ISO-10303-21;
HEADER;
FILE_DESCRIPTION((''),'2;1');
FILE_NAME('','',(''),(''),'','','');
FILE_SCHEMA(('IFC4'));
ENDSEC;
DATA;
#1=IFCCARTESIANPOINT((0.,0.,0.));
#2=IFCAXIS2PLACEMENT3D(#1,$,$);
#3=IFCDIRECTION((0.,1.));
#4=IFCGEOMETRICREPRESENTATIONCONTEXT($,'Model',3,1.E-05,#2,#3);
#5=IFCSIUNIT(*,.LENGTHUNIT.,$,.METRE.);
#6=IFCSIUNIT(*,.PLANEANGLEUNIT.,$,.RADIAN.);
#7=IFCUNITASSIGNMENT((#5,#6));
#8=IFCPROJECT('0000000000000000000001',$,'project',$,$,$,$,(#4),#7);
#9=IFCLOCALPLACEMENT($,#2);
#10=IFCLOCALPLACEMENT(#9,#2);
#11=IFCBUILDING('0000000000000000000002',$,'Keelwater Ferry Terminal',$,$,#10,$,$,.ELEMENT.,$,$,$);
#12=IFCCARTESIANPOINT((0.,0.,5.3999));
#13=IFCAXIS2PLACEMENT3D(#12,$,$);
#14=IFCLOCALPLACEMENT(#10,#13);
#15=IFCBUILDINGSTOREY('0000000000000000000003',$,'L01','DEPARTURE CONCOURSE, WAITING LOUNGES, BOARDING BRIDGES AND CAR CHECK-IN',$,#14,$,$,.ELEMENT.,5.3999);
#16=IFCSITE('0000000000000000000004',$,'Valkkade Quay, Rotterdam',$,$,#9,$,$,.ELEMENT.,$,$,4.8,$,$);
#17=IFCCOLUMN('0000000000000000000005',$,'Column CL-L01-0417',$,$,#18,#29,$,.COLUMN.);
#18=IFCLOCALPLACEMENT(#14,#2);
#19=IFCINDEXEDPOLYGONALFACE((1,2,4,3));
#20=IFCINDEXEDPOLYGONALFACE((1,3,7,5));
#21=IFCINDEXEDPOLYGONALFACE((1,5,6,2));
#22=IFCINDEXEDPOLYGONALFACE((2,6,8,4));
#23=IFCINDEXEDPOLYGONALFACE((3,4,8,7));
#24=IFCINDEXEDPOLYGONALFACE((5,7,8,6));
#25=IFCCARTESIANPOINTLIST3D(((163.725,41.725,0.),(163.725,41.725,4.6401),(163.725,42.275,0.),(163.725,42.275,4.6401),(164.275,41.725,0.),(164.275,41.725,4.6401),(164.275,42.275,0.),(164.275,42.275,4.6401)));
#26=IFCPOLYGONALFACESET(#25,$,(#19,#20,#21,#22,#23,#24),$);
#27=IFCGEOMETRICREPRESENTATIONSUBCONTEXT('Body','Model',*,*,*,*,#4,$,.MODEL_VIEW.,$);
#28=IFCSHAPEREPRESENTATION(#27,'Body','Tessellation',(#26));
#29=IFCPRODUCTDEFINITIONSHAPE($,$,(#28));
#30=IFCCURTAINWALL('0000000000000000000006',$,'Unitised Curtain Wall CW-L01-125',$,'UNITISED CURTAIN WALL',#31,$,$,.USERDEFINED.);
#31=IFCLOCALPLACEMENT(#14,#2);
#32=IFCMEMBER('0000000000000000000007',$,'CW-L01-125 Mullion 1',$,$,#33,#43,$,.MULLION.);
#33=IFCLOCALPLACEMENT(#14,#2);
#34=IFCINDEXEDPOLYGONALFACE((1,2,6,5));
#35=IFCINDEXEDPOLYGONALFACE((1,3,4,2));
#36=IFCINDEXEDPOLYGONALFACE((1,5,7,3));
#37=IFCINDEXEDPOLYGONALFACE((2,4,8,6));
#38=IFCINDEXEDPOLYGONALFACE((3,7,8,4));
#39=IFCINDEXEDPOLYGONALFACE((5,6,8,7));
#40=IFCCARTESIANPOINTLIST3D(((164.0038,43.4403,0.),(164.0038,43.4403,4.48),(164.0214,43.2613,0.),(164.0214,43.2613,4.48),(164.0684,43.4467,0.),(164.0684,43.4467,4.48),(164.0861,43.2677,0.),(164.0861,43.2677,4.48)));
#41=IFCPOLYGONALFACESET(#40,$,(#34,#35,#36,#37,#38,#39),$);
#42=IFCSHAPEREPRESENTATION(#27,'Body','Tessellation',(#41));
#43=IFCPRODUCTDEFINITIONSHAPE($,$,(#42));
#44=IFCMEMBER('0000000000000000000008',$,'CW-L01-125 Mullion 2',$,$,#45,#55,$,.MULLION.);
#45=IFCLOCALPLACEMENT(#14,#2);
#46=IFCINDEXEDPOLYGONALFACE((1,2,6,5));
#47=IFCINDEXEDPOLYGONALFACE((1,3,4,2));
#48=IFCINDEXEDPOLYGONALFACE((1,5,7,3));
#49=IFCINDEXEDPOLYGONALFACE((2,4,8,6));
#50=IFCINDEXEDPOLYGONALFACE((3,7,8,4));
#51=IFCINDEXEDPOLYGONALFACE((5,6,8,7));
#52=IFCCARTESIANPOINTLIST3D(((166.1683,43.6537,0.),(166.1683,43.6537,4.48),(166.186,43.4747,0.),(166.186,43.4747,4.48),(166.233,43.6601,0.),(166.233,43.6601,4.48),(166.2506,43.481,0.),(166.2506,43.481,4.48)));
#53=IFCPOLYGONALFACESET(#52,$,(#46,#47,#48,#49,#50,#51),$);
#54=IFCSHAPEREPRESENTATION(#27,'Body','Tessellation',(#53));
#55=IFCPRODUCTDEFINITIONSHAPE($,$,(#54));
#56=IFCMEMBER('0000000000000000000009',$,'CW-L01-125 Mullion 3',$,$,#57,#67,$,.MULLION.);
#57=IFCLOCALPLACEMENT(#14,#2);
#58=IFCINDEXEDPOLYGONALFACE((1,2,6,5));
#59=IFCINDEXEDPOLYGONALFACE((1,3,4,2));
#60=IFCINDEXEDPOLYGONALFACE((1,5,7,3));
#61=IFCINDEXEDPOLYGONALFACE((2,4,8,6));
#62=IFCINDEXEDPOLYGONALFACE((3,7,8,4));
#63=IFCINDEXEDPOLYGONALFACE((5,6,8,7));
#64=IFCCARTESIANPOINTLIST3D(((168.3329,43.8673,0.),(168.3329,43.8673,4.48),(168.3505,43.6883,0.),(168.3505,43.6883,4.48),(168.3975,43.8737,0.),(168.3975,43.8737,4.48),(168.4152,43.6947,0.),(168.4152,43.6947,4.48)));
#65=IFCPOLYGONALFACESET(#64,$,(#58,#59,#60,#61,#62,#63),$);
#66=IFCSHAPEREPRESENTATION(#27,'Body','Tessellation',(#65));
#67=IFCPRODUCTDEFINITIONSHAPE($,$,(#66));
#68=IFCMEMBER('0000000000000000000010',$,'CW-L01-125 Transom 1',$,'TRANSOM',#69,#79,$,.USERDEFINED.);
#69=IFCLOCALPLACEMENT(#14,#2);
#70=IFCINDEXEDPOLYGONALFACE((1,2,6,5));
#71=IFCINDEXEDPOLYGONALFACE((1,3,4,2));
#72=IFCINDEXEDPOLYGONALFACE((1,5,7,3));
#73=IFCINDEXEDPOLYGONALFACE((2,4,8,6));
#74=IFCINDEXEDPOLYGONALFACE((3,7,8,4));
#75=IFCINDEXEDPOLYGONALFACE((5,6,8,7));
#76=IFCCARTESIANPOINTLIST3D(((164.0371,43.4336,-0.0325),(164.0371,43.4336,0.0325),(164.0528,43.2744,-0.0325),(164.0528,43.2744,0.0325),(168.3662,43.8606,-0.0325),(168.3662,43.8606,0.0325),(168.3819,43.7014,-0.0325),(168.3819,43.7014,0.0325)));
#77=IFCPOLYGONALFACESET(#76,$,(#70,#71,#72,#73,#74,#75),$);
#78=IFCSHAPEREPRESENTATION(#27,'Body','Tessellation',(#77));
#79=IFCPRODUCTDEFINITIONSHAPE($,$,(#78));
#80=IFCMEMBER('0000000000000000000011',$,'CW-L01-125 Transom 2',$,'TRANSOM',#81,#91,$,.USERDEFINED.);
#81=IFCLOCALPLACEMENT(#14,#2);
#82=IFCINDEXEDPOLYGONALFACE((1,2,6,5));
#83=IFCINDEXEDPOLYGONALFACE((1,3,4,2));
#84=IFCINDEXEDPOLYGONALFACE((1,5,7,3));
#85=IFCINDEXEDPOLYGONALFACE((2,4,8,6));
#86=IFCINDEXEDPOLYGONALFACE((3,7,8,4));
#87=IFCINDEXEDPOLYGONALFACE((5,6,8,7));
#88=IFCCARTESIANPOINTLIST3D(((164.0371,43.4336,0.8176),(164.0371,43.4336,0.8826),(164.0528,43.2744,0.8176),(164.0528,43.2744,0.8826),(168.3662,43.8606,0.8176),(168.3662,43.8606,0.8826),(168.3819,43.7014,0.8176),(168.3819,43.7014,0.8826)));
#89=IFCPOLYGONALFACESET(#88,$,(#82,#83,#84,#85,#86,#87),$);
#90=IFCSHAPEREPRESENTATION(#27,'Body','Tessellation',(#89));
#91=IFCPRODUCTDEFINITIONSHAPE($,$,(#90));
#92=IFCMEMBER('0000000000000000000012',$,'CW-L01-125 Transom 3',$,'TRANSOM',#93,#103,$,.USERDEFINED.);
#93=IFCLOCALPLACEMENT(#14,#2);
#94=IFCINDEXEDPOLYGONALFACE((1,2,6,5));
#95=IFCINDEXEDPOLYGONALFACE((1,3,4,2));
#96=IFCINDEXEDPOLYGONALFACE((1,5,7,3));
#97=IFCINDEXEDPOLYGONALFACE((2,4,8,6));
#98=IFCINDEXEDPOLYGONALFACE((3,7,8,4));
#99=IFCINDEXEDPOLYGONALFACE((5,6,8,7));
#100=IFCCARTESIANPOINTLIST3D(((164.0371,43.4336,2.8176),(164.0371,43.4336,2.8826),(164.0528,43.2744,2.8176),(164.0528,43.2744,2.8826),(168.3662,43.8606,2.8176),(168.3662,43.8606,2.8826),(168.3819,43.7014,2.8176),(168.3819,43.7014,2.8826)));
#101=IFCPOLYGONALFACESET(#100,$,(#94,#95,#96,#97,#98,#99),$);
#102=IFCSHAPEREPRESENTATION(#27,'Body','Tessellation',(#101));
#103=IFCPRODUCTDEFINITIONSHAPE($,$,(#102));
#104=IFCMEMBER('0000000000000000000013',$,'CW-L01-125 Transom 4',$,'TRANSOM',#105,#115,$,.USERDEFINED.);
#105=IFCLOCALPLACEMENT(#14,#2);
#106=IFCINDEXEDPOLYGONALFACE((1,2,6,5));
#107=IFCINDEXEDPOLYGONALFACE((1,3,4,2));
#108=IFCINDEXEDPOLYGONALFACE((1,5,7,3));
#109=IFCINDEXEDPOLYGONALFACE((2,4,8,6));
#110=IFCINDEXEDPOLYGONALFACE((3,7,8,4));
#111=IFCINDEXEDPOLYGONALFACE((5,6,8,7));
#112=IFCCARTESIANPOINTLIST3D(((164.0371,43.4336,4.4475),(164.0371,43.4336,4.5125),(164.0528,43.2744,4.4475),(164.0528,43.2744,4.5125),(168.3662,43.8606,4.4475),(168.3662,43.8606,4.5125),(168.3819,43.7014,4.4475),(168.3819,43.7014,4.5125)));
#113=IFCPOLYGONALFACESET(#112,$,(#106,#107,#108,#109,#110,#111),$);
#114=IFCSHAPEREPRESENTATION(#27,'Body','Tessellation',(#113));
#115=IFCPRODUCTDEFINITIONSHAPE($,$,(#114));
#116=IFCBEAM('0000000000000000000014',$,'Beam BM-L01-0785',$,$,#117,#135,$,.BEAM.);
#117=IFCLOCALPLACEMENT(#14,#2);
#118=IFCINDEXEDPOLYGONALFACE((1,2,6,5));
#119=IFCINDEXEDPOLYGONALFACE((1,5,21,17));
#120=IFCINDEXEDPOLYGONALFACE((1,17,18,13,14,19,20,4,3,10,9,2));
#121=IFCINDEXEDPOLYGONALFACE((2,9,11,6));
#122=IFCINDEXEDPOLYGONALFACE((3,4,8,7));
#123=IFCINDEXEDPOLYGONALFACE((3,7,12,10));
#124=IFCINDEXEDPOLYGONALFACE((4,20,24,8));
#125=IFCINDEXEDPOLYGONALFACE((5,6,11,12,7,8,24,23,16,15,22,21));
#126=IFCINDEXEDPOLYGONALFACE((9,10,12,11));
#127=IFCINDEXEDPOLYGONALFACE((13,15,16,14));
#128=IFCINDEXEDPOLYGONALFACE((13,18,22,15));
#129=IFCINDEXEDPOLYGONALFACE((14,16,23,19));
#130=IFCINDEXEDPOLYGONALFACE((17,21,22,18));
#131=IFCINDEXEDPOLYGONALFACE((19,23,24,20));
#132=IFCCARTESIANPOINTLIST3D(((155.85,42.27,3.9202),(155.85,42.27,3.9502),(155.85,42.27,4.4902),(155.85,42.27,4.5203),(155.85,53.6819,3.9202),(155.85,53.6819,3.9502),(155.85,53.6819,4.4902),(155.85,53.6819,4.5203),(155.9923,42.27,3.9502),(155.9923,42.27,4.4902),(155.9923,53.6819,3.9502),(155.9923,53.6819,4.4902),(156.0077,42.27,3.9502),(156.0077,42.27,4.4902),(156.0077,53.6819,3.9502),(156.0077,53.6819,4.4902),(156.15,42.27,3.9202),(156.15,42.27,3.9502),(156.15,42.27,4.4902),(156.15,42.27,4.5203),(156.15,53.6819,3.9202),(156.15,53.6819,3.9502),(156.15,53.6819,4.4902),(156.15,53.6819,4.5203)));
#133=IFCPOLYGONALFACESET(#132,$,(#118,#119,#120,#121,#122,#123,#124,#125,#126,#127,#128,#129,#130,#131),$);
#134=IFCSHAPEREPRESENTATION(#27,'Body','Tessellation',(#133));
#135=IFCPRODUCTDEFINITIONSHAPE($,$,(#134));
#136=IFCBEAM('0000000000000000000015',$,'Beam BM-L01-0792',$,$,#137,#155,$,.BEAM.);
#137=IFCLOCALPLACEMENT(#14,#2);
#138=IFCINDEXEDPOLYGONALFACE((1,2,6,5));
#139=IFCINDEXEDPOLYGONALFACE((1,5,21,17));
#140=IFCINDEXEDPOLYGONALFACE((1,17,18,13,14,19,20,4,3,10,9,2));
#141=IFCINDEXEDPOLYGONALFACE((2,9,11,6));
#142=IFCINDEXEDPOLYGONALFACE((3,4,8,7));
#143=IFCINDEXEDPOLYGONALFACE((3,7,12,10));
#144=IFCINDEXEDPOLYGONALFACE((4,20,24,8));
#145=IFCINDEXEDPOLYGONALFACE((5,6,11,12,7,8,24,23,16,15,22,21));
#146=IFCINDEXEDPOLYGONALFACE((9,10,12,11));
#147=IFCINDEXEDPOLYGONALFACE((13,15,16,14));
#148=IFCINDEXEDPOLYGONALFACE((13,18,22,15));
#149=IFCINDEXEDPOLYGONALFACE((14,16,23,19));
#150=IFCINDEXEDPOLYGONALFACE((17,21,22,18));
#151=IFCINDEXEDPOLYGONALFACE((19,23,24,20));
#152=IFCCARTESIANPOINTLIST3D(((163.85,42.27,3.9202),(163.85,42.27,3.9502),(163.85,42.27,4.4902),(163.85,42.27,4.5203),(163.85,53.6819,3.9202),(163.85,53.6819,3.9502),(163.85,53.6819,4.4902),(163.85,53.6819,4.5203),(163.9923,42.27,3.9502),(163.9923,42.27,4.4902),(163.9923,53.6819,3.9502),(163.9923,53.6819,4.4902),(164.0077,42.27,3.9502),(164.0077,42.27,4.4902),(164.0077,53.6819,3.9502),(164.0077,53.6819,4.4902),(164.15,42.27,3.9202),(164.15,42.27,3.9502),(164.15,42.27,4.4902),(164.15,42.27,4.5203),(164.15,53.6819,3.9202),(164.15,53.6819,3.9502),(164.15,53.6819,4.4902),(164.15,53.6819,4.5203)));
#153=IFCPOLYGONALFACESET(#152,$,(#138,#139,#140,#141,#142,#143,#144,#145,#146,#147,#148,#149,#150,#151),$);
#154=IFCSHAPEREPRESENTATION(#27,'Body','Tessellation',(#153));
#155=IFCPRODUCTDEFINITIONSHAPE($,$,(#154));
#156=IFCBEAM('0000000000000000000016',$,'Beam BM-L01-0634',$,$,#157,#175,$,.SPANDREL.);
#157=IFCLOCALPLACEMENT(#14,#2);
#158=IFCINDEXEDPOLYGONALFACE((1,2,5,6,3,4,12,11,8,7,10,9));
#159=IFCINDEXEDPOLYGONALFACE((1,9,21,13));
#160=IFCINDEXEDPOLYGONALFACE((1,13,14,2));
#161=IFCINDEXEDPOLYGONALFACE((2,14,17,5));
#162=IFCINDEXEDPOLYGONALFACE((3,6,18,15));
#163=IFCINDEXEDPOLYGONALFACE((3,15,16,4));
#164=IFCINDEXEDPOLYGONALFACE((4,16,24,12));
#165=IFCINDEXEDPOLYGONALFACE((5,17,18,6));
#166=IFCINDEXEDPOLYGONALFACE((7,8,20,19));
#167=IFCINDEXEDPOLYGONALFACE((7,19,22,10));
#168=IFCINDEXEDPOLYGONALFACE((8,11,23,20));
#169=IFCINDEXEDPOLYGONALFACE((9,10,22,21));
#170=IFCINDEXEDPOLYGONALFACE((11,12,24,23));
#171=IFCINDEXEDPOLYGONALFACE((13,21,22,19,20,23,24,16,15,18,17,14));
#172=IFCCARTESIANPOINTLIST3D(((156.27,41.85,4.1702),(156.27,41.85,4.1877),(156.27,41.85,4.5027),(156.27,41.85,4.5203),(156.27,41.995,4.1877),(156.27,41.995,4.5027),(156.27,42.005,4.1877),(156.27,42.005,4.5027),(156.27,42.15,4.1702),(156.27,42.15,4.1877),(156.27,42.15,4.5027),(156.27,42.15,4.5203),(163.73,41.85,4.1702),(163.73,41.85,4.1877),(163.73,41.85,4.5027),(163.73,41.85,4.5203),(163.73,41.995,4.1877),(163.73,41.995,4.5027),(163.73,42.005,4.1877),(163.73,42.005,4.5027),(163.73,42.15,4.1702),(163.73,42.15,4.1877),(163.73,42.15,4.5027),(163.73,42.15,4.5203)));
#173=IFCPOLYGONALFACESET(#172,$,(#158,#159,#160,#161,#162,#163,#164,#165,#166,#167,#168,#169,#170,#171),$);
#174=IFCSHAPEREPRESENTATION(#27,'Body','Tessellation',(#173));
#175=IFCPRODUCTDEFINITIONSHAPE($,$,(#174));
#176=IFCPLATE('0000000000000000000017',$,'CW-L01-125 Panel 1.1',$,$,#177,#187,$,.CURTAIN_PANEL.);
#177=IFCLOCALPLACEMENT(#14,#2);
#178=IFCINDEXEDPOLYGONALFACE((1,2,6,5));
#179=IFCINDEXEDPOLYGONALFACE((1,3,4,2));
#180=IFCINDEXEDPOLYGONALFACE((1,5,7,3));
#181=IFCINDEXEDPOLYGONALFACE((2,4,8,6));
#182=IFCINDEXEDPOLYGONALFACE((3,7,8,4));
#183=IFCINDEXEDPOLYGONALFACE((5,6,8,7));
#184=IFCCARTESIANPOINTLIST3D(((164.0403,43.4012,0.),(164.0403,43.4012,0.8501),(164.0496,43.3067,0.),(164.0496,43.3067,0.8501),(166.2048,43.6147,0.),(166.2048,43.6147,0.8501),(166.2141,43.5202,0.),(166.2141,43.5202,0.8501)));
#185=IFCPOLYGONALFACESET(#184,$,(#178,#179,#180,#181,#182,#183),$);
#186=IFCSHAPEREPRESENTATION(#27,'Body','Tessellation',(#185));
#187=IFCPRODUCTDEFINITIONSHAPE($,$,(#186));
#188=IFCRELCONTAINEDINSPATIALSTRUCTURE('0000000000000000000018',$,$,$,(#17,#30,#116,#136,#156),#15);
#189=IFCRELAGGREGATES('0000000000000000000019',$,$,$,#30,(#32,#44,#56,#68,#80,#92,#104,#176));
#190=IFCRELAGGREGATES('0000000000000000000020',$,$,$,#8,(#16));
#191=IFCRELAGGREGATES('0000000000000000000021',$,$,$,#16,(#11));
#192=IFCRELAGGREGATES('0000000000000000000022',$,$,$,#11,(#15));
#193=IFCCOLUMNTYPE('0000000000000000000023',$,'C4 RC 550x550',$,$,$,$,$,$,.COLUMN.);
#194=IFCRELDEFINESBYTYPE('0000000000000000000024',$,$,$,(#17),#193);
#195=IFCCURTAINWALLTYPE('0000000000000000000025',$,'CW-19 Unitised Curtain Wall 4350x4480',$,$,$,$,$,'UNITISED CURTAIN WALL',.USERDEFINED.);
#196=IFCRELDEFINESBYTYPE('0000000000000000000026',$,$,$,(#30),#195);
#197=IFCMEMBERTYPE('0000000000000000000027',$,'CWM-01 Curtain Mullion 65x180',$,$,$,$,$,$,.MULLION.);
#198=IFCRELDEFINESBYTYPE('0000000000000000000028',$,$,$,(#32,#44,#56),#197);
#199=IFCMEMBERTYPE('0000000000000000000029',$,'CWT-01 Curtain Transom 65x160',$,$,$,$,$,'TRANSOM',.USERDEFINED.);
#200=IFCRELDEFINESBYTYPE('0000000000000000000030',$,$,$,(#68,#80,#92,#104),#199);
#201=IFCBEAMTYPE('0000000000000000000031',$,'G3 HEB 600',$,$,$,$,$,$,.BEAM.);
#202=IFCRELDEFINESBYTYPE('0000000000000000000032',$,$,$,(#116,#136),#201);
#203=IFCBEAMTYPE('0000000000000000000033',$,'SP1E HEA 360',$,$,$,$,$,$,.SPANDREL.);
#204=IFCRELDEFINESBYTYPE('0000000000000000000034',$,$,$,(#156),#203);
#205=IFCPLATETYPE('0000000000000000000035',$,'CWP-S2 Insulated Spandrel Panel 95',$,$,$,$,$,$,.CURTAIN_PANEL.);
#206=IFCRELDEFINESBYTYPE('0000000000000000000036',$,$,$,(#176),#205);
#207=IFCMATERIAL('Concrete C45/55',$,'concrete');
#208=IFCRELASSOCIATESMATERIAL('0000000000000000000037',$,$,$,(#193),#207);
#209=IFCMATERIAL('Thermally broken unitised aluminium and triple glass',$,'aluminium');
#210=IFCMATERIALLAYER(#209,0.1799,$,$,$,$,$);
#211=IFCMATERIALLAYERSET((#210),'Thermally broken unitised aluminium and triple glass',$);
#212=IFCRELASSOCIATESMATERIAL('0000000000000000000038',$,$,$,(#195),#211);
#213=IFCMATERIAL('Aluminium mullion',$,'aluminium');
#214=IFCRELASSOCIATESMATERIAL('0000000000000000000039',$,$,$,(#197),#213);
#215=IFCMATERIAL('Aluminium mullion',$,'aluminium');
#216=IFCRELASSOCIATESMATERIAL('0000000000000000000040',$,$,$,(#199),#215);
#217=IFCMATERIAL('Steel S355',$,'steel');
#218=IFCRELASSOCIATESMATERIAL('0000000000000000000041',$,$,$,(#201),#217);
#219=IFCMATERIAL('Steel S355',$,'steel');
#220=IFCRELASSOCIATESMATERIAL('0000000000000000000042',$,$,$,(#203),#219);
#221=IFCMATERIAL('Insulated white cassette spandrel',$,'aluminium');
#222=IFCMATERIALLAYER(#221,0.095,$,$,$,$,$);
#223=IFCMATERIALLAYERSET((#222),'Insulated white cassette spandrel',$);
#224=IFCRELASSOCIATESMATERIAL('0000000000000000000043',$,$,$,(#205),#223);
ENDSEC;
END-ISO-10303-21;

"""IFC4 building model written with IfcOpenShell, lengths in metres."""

from ifc_helpers import new_model, si_unit, direction, frame, origin, origin_2d, place, context, subcontext, project, spatial, rectangle, i_section, extrude, material, layer, layer_set, material_profile, profile_set, type_object, element, aggregate, save


model = new_model("IFC4")

# Units and contexts
model_context = context("Model", 3, precision=1e-05, world=origin(), true_north=direction((0.0, 1.0)))
body_context = subcontext(model_context, "Body", "Model", "MODEL_VIEW")
ifc_project = project(units=[si_unit("LENGTHUNIT", "METRE"), si_unit("PLANEANGLEUNIT", "RADIAN")], contexts=[model_context])

# Site, building, storey
site_placement = place(None, origin())
site = spatial("IfcSite", under=ifc_project, at=site_placement, Name="Valkkade Quay, Rotterdam", CompositionType="ELEMENT", RefElevation=4.8)
building_placement = place(site_placement, origin())
building = spatial("IfcBuilding", under=site, at=building_placement, Name="Keelwater Ferry Terminal", CompositionType="ELEMENT")
storey_placement = place(building_placement, frame((0.0, 0.0, 5.3999)))
storey = spatial("IfcBuildingStorey", under=building, at=storey_placement, Name="L01", Description="DEPARTURE CONCOURSE, WAITING LOUNGES, BOARDING BRIDGES AND CAR CHECK-IN", CompositionType="ELEMENT", Elevation=5.3999)

# Column
ifc_material_1 = material(Name="Concrete C45/55", Category="concrete")
ifc_material_profile_1 = material_profile(ifc_material_1, rectangle(XDim=0.55, YDim=0.55, at=origin_2d()), Name="RC 550x550")
ifc_profile_set_1 = profile_set([ifc_material_profile_1], Name="Concrete C45/55")
column_type = type_object("IfcColumnType", Name="C4 RC 550x550", PredefinedType="COLUMN", material=ifc_profile_set_1)
column_placement = place(storey_placement, frame((164.0, 42.0, 0.0), z_axis=(0.0, 0.0, 1.0), x_axis=(1.0, 0.0, 0.0)))
element("IfcColumn", 1, at=column_placement, inside=storey, type_object=column_type, Name="Column CL-L01-0417", PredefinedType="COLUMN", context=body_context, shape_type="SweptSolid", body=[
    extrude(rectangle(XDim=0.55, YDim=0.55, at=origin_2d()), origin(), (0.0, 0.0, 1.0), 4.6401),
])

# Curtain wall, members
ifc_material_2 = material(Name="Thermally broken unitised aluminium and triple glass", Category="aluminium")
ifc_layer_1 = layer(ifc_material_2, 0.1799)
ifc_layer_set_1 = layer_set([ifc_layer_1], Name="Thermally broken unitised aluminium and triple glass")
curtain_wall_type = type_object("IfcCurtainWallType", Name="CW-19 Unitised Curtain Wall 4350x4480", ElementType="UNITISED CURTAIN WALL", PredefinedType="USERDEFINED", material=ifc_layer_set_1)
curtain_wall_placement = place(storey_placement, origin())
curtain_wall = element("IfcCurtainWall", 2, at=curtain_wall_placement, inside=storey, type_object=curtain_wall_type, Name="Unitised Curtain Wall CW-L01-125", ObjectType="UNITISED CURTAIN WALL", PredefinedType="USERDEFINED")
ifc_material_3 = material(Name="Aluminium mullion", Category="aluminium")
ifc_material_profile_2 = material_profile(ifc_material_3, rectangle(XDim=0.0649, YDim=0.1799, at=origin_2d()), Name="CWM-01")
ifc_profile_set_2 = profile_set([ifc_material_profile_2], Name="Aluminium mullion")
member_type_1 = type_object("IfcMemberType", Name="CWM-01 Curtain Mullion 65x180", PredefinedType="MULLION", material=ifc_profile_set_2)
member_1_placement = place(storey_placement, frame((164.0449, 43.354, 0.0), z_axis=(0.0, 0.0, 1.0), x_axis=(0.995171, 0.098161, 0.0)))
member_1 = element("IfcMember", 3, at=member_1_placement, type_object=member_type_1, Name="CW-L01-125 Mullion 1", PredefinedType="MULLION", context=body_context, shape_type="SweptSolid", body=[
    extrude(rectangle(XDim=0.0649, YDim=0.1799, at=origin_2d()), origin(), (0.0, 0.0, 1.0), 4.48),
])
member_2_placement = place(storey_placement, frame((166.2095, 43.5674, 0.0), z_axis=(0.0, 0.0, 1.0), x_axis=(0.995171, 0.098161, 0.0)))
member_2 = element("IfcMember", 4, at=member_2_placement, type_object=member_type_1, Name="CW-L01-125 Mullion 2", PredefinedType="MULLION", context=body_context, shape_type="SweptSolid", body=[
    extrude(rectangle(XDim=0.0649, YDim=0.1799, at=origin_2d()), origin(), (0.0, 0.0, 1.0), 4.48),
])
member_3_placement = place(storey_placement, frame((168.374, 43.781, 0.0), z_axis=(0.0, 0.0, 1.0), x_axis=(0.995171, 0.098161, 0.0)))
member_3 = element("IfcMember", 5, at=member_3_placement, type_object=member_type_1, Name="CW-L01-125 Mullion 3", PredefinedType="MULLION", context=body_context, shape_type="SweptSolid", body=[
    extrude(rectangle(XDim=0.0649, YDim=0.1799, at=origin_2d()), origin(), (0.0, 0.0, 1.0), 4.48),
])
ifc_material_4 = material(Name="Aluminium mullion", Category="aluminium")
ifc_material_profile_3 = material_profile(ifc_material_4, rectangle(XDim=0.1599, YDim=0.0649, at=origin_2d()), Name="CWT-01")
ifc_profile_set_3 = profile_set([ifc_material_profile_3], Name="Aluminium mullion")
member_type_2 = type_object("IfcMemberType", Name="CWT-01 Curtain Transom 65x160", ElementType="TRANSOM", PredefinedType="USERDEFINED", material=ifc_profile_set_3)
member_4_placement = place(storey_placement, frame((164.0449, 43.354, 0.0), z_axis=(0.995171, 0.098159, 0.0), x_axis=(-0.098159, 0.995171, 0.0)))
member_4 = element("IfcMember", 6, at=member_4_placement, type_object=member_type_2, Name="CW-L01-125 Transom 1", ObjectType="TRANSOM", PredefinedType="USERDEFINED", context=body_context, shape_type="SweptSolid", body=[
    extrude(rectangle(XDim=0.1599, YDim=0.0649, at=origin_2d()), origin(), (0.0, 0.0, 1.0), 4.3501),
])
member_5_placement = place(storey_placement, frame((164.0449, 43.354, 0.8501), z_axis=(0.995171, 0.098159, 0.0), x_axis=(-0.098159, 0.995171, 0.0)))
member_5 = element("IfcMember", 7, at=member_5_placement, type_object=member_type_2, Name="CW-L01-125 Transom 2", ObjectType="TRANSOM", PredefinedType="USERDEFINED", context=body_context, shape_type="SweptSolid", body=[
    extrude(rectangle(XDim=0.1599, YDim=0.0649, at=origin_2d()), origin(), (0.0, 0.0, 1.0), 4.3501),
])
member_6_placement = place(storey_placement, frame((164.0449, 43.354, 2.8501), z_axis=(0.995171, 0.098159, 0.0), x_axis=(-0.098159, 0.995171, 0.0)))
member_6 = element("IfcMember", 8, at=member_6_placement, type_object=member_type_2, Name="CW-L01-125 Transom 3", ObjectType="TRANSOM", PredefinedType="USERDEFINED", context=body_context, shape_type="SweptSolid", body=[
    extrude(rectangle(XDim=0.1599, YDim=0.0649, at=origin_2d()), origin(), (0.0, 0.0, 1.0), 4.3501),
])
member_7_placement = place(storey_placement, frame((164.0449, 43.354, 4.48), z_axis=(0.995171, 0.098159, 0.0), x_axis=(-0.098159, 0.995171, 0.0)))
member_7 = element("IfcMember", 9, at=member_7_placement, type_object=member_type_2, Name="CW-L01-125 Transom 4", ObjectType="TRANSOM", PredefinedType="USERDEFINED", context=body_context, shape_type="SweptSolid", body=[
    extrude(rectangle(XDim=0.1599, YDim=0.0649, at=origin_2d()), origin(), (0.0, 0.0, 1.0), 4.3501),
])

# Beams
ifc_material_5 = material(Name="Steel S355", Category="steel")
ifc_material_profile_4 = material_profile(ifc_material_5, i_section(OverallWidth=0.3, OverallDepth=0.6001, WebThickness=0.0154, FlangeThickness=0.03, at=origin_2d()), Name="HEB 600")
ifc_profile_set_4 = profile_set([ifc_material_profile_4], Name="Steel S355")
beam_type_1 = type_object("IfcBeamType", Name="G3 HEB 600", PredefinedType="BEAM", material=ifc_profile_set_4)
for number, where, z_axis, x_axis, name in (
    (10, (156.0, 42.27, 4.2202), (0.0, 1.0, 0.0), (-1.0, 0.0, 0.0), "Beam BM-L01-0785"),
    (11, (164.0, 42.27, 4.2202), (0.0, 1.0, 0.0), (-1.0, 0.0, 0.0), "Beam BM-L01-0792"),
):
    element("IfcBeam", number, at=place(storey_placement, frame(where, z_axis=z_axis, x_axis=x_axis)), inside=storey, type_object=beam_type_1, Name=name, PredefinedType="BEAM", context=body_context, shape_type="SweptSolid", body=[
        extrude(i_section(OverallWidth=0.3, OverallDepth=0.6001, WebThickness=0.0154, FlangeThickness=0.03, at=origin_2d()), origin(), (0.0, 0.0, 1.0), 11.4119),
    ])
ifc_material_6 = material(Name="Steel S355", Category="steel")
ifc_material_profile_5 = material_profile(ifc_material_6, i_section(OverallWidth=0.3, OverallDepth=0.3501, WebThickness=0.01, FlangeThickness=0.0176, at=origin_2d()), Name="HEA 360")
ifc_profile_set_5 = profile_set([ifc_material_profile_5], Name="Steel S355")
beam_type_2 = type_object("IfcBeamType", Name="SP1E HEA 360", PredefinedType="SPANDREL", material=ifc_profile_set_5)
beam_placement = place(storey_placement, frame((156.27, 42.0, 4.3452), z_axis=(1.0, 0.0, 0.0), x_axis=(0.0, 1.0, 0.0)))
element("IfcBeam", 12, at=beam_placement, inside=storey, type_object=beam_type_2, Name="Beam BM-L01-0634", PredefinedType="SPANDREL", context=body_context, shape_type="SweptSolid", body=[
    extrude(i_section(OverallWidth=0.3, OverallDepth=0.3501, WebThickness=0.01, FlangeThickness=0.0176, at=origin_2d()), origin(), (0.0, 0.0, 1.0), 7.46),
])

# Plate
ifc_material_7 = material(Name="Insulated white cassette spandrel", Category="aluminium")
ifc_layer_2 = layer(ifc_material_7, 0.095)
ifc_layer_set_2 = layer_set([ifc_layer_2], Name="Insulated white cassette spandrel")
plate_type_1 = type_object("IfcPlateType", Name="CWP-S2 Insulated Spandrel Panel 95", PredefinedType="CURTAIN_PANEL", material=ifc_layer_set_2)
plate_1_placement = place(storey_placement, frame((165.1272, 43.4607, 0.0), z_axis=(0.0, 0.0, 1.0), x_axis=(0.995171, 0.098161, 0.0)))
plate_1 = element("IfcPlate", 13, at=plate_1_placement, type_object=plate_type_1, Name="CW-L01-125 Panel 1.1", PredefinedType="CURTAIN_PANEL", context=body_context, shape_type="SweptSolid", body=[
    extrude(rectangle(XDim=2.175, YDim=0.095, at=origin_2d()), origin(), (0.0, 0.0, 1.0), 0.8501),
])
aggregate(curtain_wall, [member_1, member_2, member_3, member_4, member_5, member_6, member_7, plate_1])

save(model, "model.ifc")
